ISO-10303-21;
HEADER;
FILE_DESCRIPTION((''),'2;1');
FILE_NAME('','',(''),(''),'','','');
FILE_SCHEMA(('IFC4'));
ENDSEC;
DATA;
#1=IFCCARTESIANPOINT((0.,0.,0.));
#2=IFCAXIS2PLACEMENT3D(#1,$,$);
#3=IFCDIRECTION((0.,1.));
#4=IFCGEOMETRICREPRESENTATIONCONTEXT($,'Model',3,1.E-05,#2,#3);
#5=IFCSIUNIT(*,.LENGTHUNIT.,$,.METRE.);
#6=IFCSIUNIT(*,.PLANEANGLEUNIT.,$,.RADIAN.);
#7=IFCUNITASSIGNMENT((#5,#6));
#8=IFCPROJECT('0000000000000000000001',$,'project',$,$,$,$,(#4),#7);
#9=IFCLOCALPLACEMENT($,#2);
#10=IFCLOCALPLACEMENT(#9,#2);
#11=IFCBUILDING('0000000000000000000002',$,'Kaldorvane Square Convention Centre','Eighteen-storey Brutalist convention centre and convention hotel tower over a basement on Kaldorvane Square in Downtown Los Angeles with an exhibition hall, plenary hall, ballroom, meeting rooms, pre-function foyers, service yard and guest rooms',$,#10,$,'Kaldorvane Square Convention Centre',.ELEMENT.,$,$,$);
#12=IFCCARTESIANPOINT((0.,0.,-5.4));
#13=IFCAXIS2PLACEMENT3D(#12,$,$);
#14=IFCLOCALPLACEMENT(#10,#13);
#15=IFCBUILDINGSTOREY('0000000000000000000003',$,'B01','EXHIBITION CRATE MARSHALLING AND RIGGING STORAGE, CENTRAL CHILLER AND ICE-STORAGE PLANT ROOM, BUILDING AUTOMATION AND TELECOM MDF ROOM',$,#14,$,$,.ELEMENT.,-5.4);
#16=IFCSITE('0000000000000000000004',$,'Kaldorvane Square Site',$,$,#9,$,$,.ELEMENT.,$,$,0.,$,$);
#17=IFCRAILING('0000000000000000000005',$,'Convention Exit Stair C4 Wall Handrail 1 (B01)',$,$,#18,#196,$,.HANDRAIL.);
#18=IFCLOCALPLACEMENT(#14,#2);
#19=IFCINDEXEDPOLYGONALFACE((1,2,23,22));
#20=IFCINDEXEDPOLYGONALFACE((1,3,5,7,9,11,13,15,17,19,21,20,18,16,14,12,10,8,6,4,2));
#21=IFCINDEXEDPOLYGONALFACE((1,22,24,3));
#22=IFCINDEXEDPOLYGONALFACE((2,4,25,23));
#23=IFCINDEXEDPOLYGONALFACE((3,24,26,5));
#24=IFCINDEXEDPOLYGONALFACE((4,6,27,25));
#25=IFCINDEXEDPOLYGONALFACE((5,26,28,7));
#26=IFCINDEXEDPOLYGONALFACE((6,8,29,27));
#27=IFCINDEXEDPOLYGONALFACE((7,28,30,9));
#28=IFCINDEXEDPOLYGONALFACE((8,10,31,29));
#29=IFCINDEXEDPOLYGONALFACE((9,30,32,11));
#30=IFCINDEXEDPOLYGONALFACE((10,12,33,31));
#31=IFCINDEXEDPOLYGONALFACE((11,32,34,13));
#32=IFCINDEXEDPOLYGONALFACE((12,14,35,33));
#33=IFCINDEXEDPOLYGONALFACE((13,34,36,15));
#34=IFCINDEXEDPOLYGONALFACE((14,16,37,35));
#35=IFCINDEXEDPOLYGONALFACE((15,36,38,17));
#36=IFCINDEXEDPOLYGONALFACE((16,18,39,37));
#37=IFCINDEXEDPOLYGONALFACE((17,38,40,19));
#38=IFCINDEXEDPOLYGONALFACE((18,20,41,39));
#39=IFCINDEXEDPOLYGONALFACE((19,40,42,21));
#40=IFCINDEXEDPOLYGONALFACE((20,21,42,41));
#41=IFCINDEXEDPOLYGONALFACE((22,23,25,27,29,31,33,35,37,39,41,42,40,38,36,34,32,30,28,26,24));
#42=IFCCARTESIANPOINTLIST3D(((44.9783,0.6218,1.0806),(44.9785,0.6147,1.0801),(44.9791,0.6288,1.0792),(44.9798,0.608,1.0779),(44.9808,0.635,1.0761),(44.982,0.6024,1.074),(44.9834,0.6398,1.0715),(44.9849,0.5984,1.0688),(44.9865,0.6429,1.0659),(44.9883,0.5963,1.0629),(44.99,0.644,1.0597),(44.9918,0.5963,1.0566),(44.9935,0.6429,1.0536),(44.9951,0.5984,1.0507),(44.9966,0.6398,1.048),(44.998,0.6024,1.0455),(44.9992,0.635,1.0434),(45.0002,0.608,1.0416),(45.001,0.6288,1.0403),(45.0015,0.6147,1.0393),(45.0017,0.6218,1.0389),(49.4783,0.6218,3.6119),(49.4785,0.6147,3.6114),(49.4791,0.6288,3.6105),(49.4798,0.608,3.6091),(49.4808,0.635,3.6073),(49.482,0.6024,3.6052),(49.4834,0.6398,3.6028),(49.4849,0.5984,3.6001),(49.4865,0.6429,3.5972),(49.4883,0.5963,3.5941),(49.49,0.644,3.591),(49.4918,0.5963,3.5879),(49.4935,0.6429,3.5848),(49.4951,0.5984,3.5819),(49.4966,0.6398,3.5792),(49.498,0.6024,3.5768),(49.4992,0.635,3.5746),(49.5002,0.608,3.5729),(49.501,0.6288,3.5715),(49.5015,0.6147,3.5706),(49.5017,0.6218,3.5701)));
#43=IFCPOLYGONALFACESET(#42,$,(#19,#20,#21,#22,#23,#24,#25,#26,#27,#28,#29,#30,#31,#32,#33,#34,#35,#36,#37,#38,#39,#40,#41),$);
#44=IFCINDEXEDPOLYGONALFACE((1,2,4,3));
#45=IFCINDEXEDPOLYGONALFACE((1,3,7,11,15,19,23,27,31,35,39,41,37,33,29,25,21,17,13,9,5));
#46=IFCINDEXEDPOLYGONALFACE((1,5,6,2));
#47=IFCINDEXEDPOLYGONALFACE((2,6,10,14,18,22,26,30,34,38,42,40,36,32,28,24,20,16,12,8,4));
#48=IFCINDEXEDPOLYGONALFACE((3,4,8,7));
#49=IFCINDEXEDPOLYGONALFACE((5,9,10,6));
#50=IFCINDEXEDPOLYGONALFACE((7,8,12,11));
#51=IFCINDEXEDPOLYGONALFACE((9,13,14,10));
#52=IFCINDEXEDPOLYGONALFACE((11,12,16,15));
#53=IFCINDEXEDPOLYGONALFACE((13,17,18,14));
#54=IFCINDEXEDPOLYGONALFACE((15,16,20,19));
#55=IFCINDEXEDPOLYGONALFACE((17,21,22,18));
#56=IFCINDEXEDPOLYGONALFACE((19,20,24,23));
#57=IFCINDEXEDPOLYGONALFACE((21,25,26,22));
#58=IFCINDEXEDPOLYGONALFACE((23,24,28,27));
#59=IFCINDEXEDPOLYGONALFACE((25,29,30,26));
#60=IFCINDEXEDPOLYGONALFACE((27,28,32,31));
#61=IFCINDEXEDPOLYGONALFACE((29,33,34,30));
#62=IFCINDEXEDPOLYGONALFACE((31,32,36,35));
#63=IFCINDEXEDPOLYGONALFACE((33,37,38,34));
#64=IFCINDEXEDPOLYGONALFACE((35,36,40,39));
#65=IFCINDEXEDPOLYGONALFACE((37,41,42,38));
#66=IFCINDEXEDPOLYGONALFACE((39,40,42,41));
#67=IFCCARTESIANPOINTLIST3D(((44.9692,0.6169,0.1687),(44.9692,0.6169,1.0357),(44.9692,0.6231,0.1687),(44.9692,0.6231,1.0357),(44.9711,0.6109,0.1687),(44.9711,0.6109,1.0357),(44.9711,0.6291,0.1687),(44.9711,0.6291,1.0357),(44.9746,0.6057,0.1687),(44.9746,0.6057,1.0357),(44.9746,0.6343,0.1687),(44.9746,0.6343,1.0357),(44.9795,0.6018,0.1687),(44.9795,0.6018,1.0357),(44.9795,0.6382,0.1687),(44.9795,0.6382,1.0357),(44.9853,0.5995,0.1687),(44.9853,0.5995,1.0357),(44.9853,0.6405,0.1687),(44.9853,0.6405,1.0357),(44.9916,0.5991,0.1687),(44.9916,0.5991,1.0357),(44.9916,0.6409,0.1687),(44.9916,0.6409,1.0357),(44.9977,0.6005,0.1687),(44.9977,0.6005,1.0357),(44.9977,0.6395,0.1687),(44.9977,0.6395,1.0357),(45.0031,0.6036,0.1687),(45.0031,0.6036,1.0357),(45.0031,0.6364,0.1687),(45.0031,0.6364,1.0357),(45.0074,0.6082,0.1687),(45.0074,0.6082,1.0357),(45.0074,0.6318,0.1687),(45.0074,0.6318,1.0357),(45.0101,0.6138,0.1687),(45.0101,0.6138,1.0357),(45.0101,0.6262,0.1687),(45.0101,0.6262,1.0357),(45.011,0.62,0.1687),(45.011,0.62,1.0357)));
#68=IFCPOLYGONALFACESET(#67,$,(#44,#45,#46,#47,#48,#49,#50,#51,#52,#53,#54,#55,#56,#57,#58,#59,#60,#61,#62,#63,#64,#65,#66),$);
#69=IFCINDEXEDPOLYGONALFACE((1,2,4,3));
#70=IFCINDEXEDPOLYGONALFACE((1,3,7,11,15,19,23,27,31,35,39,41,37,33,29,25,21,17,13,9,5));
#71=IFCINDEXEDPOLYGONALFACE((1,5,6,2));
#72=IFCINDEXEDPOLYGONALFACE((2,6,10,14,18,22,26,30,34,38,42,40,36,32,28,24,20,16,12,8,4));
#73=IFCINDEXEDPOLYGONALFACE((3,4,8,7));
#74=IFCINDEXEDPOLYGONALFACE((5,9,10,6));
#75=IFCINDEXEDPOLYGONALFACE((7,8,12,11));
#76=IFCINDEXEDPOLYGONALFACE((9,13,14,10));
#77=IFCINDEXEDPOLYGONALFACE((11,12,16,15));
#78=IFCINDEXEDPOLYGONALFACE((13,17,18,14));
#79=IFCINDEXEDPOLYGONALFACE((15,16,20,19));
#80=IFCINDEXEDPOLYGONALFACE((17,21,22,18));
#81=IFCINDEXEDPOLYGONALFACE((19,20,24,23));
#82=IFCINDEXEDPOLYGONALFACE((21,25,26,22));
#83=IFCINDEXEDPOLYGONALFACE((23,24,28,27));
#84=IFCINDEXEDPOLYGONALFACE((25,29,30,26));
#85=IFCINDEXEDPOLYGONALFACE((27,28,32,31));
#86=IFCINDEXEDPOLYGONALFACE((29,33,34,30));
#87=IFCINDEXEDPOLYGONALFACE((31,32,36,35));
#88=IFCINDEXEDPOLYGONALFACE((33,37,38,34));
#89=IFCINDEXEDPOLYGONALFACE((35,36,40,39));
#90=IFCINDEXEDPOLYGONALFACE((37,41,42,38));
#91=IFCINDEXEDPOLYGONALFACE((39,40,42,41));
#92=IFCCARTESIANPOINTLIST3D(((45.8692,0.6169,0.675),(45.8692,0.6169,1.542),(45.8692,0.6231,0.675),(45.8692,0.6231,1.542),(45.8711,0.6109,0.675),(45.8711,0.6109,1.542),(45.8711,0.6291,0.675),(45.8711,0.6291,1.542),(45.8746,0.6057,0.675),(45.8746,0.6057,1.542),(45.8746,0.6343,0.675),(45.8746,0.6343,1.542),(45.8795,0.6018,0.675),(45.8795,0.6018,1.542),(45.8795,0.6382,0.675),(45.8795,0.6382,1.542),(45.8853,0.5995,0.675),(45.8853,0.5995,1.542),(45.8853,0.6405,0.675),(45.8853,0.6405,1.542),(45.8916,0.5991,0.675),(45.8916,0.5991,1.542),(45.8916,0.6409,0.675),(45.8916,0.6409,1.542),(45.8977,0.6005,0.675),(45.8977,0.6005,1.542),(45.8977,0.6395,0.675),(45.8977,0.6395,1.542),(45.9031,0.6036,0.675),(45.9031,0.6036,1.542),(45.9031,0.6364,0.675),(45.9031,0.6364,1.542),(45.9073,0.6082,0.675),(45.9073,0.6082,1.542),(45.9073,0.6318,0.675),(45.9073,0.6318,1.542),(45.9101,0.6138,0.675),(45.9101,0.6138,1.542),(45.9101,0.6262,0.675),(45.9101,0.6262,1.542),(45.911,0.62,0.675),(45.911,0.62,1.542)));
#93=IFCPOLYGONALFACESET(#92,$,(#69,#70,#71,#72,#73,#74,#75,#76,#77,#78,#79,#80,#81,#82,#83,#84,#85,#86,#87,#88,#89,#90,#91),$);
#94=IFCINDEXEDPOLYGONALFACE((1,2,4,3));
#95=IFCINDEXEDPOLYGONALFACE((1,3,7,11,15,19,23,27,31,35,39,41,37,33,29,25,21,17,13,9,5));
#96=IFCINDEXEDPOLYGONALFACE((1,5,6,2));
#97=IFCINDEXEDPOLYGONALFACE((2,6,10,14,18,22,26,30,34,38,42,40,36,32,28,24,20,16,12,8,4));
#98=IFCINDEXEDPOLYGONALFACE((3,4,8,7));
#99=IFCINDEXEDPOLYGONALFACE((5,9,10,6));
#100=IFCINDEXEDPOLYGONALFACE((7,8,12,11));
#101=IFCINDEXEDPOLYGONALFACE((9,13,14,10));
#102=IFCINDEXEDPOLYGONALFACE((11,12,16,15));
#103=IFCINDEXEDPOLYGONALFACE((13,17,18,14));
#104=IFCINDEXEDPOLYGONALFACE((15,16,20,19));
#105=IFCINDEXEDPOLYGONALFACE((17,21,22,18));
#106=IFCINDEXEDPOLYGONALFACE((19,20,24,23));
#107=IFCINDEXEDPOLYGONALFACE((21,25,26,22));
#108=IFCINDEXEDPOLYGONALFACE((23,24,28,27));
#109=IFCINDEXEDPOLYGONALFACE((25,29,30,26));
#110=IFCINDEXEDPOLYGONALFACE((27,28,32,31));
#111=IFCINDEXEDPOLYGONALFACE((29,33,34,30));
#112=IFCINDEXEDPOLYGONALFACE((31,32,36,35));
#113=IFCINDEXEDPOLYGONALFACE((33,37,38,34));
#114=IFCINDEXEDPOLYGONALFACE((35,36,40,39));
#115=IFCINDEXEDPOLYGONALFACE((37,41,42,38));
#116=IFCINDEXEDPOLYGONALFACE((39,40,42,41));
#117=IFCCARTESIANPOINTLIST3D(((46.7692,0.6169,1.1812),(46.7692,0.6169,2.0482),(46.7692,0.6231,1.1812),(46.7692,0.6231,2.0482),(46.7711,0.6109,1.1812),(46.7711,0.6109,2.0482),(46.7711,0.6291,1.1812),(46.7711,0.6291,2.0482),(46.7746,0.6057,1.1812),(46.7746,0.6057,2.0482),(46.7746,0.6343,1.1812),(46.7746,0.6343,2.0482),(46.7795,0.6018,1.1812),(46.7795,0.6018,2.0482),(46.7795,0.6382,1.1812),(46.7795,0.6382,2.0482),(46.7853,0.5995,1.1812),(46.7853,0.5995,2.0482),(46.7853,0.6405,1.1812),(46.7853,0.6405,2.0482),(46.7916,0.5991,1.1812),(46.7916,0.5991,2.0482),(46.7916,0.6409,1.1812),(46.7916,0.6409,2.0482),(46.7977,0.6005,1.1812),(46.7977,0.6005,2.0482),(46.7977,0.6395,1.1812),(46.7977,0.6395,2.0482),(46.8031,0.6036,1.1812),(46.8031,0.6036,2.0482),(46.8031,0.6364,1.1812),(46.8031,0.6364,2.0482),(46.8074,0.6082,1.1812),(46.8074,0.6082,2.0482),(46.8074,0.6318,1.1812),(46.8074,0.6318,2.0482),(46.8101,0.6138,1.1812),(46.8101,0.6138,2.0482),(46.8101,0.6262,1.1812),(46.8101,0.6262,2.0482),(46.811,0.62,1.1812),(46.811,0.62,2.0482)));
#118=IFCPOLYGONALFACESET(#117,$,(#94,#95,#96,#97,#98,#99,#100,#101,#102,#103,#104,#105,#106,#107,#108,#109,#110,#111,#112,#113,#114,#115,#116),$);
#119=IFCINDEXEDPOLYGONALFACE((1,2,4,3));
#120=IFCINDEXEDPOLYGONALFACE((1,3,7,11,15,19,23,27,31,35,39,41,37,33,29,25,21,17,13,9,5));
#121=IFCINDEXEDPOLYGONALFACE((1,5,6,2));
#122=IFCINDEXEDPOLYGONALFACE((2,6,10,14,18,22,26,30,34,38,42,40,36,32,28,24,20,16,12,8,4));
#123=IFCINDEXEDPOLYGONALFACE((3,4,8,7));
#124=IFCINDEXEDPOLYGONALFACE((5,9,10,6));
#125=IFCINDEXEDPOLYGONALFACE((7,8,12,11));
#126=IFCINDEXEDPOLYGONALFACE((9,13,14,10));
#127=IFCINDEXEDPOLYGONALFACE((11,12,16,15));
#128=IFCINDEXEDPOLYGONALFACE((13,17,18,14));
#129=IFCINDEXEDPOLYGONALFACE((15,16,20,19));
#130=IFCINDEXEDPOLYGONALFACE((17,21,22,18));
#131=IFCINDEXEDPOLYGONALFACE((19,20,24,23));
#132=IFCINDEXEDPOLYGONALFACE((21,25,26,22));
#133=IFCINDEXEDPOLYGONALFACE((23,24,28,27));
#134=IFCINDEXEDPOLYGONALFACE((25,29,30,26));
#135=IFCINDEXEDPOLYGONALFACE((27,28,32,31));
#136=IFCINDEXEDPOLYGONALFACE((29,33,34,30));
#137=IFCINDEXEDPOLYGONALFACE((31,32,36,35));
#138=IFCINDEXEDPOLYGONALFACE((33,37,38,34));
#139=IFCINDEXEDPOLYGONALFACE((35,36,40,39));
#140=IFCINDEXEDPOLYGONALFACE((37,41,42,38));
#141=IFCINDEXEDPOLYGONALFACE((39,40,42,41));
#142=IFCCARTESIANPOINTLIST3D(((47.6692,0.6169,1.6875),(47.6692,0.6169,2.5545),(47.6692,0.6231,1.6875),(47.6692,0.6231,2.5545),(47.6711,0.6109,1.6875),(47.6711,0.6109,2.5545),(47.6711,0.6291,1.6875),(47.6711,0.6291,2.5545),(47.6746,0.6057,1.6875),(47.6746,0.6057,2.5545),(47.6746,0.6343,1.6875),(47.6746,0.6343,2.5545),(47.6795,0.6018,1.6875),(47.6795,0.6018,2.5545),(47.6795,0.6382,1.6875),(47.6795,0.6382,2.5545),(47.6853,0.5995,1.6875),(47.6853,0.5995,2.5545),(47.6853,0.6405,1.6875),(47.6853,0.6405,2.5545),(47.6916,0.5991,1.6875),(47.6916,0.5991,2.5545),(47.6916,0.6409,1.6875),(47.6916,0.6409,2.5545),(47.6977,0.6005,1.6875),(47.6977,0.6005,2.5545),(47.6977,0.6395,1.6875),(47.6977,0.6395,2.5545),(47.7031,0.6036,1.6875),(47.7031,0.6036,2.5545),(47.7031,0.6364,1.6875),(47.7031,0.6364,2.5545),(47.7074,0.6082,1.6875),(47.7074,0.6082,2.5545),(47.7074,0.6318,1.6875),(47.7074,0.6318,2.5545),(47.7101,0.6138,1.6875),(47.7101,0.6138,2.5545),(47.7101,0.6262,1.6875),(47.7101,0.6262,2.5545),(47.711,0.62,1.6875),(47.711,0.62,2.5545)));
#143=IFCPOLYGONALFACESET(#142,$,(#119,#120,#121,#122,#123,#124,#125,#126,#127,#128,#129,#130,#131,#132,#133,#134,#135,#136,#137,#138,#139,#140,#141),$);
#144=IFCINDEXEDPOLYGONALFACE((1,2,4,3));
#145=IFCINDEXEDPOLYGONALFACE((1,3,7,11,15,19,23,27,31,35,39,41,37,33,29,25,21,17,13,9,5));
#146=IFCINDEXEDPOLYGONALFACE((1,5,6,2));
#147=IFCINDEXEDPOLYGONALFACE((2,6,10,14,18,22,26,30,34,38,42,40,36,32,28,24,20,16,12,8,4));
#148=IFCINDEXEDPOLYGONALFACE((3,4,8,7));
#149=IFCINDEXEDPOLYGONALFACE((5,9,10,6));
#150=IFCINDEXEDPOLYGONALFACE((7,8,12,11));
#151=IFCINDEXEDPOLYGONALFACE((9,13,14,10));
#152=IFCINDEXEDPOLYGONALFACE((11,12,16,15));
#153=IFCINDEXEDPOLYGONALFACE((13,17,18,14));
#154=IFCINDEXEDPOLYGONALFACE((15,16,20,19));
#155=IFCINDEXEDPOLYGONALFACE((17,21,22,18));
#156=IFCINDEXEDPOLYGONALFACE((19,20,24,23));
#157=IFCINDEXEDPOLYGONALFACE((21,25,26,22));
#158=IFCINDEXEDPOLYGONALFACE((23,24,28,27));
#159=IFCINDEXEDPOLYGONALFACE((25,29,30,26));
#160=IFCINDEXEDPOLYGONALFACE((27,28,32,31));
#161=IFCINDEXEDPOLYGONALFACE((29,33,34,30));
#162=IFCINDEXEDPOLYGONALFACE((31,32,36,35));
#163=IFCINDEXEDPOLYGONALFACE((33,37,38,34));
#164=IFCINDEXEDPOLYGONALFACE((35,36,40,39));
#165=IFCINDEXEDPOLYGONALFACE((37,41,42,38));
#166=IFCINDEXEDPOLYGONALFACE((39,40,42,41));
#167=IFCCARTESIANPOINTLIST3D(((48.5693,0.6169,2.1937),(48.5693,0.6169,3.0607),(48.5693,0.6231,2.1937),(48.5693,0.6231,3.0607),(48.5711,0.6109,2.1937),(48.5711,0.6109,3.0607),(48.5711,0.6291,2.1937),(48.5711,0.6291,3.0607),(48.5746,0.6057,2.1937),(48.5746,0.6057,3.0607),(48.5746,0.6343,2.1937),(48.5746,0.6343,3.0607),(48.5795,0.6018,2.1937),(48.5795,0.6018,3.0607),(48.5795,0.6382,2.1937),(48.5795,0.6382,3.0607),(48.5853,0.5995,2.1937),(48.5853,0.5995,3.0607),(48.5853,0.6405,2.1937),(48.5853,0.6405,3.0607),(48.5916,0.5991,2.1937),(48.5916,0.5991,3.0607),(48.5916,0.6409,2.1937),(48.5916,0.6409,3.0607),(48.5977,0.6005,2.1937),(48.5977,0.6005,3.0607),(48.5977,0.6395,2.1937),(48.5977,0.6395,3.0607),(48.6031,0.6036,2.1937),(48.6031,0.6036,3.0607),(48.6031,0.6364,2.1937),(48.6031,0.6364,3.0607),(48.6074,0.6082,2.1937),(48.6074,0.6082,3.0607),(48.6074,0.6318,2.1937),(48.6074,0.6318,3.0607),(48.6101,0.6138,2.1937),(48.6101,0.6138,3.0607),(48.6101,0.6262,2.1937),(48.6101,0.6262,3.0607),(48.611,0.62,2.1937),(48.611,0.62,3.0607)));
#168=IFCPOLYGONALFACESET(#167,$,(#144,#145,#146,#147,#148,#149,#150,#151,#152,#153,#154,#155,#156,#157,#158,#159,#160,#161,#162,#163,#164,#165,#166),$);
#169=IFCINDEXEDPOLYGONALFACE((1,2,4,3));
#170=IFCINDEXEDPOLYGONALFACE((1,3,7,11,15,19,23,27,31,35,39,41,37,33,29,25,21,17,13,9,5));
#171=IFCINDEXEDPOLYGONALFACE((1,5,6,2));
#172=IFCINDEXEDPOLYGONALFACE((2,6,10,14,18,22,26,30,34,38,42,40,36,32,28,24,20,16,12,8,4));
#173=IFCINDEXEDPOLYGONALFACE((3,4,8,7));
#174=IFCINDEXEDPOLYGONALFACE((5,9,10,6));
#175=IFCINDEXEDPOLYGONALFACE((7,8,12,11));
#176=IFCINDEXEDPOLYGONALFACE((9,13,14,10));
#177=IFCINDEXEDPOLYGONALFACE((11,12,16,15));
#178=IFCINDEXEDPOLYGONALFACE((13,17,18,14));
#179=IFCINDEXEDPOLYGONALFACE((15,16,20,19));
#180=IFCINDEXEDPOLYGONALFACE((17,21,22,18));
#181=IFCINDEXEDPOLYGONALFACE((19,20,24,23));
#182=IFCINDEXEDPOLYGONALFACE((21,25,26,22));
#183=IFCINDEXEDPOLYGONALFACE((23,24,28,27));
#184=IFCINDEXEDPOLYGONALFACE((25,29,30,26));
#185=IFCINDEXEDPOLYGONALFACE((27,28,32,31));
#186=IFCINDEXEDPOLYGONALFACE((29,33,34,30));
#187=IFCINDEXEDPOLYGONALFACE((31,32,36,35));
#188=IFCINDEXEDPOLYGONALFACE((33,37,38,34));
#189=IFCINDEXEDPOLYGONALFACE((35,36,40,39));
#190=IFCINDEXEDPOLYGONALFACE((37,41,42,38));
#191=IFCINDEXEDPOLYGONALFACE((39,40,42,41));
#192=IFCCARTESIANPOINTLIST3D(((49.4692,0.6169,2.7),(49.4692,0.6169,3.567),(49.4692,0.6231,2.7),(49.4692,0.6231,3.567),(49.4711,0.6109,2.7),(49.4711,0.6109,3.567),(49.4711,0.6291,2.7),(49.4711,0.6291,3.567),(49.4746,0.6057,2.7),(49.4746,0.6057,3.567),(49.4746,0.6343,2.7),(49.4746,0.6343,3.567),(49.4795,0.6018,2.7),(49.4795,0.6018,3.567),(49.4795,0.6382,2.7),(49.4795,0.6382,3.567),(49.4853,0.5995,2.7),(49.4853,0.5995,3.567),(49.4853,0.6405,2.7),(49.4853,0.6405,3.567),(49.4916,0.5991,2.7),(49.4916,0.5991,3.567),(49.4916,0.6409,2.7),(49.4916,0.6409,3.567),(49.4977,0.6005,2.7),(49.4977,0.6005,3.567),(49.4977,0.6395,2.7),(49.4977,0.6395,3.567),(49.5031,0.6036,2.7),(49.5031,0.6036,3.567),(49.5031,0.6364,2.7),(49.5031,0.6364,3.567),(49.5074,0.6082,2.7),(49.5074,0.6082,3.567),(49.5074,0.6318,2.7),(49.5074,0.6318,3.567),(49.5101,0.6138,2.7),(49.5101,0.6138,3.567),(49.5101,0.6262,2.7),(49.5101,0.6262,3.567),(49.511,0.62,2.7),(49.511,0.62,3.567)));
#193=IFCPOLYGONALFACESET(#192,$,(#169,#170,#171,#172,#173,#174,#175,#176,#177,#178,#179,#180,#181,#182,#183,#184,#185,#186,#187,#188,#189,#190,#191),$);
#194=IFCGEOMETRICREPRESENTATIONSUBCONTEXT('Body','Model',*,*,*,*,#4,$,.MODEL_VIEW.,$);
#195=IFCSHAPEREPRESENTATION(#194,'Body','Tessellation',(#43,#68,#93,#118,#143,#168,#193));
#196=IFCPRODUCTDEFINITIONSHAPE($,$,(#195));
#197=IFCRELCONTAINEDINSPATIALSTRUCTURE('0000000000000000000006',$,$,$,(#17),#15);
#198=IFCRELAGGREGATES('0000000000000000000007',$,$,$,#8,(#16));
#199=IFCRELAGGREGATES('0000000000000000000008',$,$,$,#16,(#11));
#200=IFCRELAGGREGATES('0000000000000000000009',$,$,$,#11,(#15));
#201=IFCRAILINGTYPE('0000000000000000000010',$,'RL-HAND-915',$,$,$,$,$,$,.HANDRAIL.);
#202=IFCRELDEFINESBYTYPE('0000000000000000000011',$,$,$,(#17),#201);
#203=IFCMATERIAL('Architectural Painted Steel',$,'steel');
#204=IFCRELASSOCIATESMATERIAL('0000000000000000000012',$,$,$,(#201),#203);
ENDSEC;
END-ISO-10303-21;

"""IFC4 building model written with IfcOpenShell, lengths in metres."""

from ifc_helpers import new_model, si_unit, direction, frame, origin, origin_2d, place, context, subcontext, project, spatial, circle, extrude, material, type_object, element, save


model = new_model("IFC4")

# Units and contexts
model_context = context("Model", 3, precision=1e-05, world=origin(), true_north=direction((0.0, 1.0)))
body_context = subcontext(model_context, "Body", "Model", "MODEL_VIEW")
ifc_project = project(units=[si_unit("LENGTHUNIT", "METRE"), si_unit("PLANEANGLEUNIT", "RADIAN")], contexts=[model_context])

# Site, building, storey
site_placement = place(None, origin())
site = spatial("IfcSite", under=ifc_project, at=site_placement, Name="Kaldorvane Square Site", CompositionType="ELEMENT", RefElevation=0.0)
building_placement = place(site_placement, origin())
building = spatial("IfcBuilding", under=site, at=building_placement, Name="Kaldorvane Square Convention Centre", Description="Eighteen-storey Brutalist convention centre and convention hotel tower over a basement on Kaldorvane Square in Downtown Los Angeles with an exhibition hall, plenary hall, ballroom, meeting rooms, pre-function foyers, service yard and guest rooms", LongName="Kaldorvane Square Convention Centre", CompositionType="ELEMENT")
storey_placement = place(building_placement, frame((0.0, 0.0, -5.4)))
storey = spatial("IfcBuildingStorey", under=building, at=storey_placement, Name="B01", Description="EXHIBITION CRATE MARSHALLING AND RIGGING STORAGE, CENTRAL CHILLER AND ICE-STORAGE PLANT ROOM, BUILDING AUTOMATION AND TELECOM MDF ROOM", CompositionType="ELEMENT", Elevation=-5.4)

# Railing
ifc_material_1 = material(Name="Architectural Painted Steel", Category="steel")
railing_type_1 = type_object("IfcRailingType", Name="RL-HAND-915", PredefinedType="HANDRAIL", material=ifc_material_1)
railing_1_placement = place(storey_placement, frame((44.99, 0.62, 0.1687)))
element("IfcRailing", 1, at=railing_1_placement, inside=storey, type_object=railing_type_1, Name="Convention Exit Stair C4 Wall Handrail 1 (B01)", PredefinedType="HANDRAIL", context=body_context, shape_type="SweptSolid", body=[
    extrude(circle(Radius=0.024, at=origin_2d()), frame((0.0, 0.0, 0.891), z_axis=(0.871576, 0.0, 0.490261), x_axis=(0.0, 1.0, 0.0)), (0.0, 0.0, 1.0), 5.1631),
    extrude(circle(Radius=0.021, at=origin_2d()), origin(), (0.0, 0.0, 1.0), 0.867),
    extrude(circle(Radius=0.021, at=origin_2d()), frame((0.9, 0.0, 0.5063)), (0.0, 0.0, 1.0), 0.867),
    extrude(circle(Radius=0.021, at=origin_2d()), frame((1.8, 0.0, 1.0125)), (0.0, 0.0, 1.0), 0.867),
    extrude(circle(Radius=0.021, at=origin_2d()), frame((2.7, 0.0, 1.5188)), (0.0, 0.0, 1.0), 0.867),
    extrude(circle(Radius=0.021, at=origin_2d()), frame((3.6, 0.0, 2.025)), (0.0, 0.0, 1.0), 0.867),
    extrude(circle(Radius=0.021, at=origin_2d()), frame((4.5, 0.0, 2.5312)), (0.0, 0.0, 1.0), 0.867),
])

save(model, "model.ifc")
